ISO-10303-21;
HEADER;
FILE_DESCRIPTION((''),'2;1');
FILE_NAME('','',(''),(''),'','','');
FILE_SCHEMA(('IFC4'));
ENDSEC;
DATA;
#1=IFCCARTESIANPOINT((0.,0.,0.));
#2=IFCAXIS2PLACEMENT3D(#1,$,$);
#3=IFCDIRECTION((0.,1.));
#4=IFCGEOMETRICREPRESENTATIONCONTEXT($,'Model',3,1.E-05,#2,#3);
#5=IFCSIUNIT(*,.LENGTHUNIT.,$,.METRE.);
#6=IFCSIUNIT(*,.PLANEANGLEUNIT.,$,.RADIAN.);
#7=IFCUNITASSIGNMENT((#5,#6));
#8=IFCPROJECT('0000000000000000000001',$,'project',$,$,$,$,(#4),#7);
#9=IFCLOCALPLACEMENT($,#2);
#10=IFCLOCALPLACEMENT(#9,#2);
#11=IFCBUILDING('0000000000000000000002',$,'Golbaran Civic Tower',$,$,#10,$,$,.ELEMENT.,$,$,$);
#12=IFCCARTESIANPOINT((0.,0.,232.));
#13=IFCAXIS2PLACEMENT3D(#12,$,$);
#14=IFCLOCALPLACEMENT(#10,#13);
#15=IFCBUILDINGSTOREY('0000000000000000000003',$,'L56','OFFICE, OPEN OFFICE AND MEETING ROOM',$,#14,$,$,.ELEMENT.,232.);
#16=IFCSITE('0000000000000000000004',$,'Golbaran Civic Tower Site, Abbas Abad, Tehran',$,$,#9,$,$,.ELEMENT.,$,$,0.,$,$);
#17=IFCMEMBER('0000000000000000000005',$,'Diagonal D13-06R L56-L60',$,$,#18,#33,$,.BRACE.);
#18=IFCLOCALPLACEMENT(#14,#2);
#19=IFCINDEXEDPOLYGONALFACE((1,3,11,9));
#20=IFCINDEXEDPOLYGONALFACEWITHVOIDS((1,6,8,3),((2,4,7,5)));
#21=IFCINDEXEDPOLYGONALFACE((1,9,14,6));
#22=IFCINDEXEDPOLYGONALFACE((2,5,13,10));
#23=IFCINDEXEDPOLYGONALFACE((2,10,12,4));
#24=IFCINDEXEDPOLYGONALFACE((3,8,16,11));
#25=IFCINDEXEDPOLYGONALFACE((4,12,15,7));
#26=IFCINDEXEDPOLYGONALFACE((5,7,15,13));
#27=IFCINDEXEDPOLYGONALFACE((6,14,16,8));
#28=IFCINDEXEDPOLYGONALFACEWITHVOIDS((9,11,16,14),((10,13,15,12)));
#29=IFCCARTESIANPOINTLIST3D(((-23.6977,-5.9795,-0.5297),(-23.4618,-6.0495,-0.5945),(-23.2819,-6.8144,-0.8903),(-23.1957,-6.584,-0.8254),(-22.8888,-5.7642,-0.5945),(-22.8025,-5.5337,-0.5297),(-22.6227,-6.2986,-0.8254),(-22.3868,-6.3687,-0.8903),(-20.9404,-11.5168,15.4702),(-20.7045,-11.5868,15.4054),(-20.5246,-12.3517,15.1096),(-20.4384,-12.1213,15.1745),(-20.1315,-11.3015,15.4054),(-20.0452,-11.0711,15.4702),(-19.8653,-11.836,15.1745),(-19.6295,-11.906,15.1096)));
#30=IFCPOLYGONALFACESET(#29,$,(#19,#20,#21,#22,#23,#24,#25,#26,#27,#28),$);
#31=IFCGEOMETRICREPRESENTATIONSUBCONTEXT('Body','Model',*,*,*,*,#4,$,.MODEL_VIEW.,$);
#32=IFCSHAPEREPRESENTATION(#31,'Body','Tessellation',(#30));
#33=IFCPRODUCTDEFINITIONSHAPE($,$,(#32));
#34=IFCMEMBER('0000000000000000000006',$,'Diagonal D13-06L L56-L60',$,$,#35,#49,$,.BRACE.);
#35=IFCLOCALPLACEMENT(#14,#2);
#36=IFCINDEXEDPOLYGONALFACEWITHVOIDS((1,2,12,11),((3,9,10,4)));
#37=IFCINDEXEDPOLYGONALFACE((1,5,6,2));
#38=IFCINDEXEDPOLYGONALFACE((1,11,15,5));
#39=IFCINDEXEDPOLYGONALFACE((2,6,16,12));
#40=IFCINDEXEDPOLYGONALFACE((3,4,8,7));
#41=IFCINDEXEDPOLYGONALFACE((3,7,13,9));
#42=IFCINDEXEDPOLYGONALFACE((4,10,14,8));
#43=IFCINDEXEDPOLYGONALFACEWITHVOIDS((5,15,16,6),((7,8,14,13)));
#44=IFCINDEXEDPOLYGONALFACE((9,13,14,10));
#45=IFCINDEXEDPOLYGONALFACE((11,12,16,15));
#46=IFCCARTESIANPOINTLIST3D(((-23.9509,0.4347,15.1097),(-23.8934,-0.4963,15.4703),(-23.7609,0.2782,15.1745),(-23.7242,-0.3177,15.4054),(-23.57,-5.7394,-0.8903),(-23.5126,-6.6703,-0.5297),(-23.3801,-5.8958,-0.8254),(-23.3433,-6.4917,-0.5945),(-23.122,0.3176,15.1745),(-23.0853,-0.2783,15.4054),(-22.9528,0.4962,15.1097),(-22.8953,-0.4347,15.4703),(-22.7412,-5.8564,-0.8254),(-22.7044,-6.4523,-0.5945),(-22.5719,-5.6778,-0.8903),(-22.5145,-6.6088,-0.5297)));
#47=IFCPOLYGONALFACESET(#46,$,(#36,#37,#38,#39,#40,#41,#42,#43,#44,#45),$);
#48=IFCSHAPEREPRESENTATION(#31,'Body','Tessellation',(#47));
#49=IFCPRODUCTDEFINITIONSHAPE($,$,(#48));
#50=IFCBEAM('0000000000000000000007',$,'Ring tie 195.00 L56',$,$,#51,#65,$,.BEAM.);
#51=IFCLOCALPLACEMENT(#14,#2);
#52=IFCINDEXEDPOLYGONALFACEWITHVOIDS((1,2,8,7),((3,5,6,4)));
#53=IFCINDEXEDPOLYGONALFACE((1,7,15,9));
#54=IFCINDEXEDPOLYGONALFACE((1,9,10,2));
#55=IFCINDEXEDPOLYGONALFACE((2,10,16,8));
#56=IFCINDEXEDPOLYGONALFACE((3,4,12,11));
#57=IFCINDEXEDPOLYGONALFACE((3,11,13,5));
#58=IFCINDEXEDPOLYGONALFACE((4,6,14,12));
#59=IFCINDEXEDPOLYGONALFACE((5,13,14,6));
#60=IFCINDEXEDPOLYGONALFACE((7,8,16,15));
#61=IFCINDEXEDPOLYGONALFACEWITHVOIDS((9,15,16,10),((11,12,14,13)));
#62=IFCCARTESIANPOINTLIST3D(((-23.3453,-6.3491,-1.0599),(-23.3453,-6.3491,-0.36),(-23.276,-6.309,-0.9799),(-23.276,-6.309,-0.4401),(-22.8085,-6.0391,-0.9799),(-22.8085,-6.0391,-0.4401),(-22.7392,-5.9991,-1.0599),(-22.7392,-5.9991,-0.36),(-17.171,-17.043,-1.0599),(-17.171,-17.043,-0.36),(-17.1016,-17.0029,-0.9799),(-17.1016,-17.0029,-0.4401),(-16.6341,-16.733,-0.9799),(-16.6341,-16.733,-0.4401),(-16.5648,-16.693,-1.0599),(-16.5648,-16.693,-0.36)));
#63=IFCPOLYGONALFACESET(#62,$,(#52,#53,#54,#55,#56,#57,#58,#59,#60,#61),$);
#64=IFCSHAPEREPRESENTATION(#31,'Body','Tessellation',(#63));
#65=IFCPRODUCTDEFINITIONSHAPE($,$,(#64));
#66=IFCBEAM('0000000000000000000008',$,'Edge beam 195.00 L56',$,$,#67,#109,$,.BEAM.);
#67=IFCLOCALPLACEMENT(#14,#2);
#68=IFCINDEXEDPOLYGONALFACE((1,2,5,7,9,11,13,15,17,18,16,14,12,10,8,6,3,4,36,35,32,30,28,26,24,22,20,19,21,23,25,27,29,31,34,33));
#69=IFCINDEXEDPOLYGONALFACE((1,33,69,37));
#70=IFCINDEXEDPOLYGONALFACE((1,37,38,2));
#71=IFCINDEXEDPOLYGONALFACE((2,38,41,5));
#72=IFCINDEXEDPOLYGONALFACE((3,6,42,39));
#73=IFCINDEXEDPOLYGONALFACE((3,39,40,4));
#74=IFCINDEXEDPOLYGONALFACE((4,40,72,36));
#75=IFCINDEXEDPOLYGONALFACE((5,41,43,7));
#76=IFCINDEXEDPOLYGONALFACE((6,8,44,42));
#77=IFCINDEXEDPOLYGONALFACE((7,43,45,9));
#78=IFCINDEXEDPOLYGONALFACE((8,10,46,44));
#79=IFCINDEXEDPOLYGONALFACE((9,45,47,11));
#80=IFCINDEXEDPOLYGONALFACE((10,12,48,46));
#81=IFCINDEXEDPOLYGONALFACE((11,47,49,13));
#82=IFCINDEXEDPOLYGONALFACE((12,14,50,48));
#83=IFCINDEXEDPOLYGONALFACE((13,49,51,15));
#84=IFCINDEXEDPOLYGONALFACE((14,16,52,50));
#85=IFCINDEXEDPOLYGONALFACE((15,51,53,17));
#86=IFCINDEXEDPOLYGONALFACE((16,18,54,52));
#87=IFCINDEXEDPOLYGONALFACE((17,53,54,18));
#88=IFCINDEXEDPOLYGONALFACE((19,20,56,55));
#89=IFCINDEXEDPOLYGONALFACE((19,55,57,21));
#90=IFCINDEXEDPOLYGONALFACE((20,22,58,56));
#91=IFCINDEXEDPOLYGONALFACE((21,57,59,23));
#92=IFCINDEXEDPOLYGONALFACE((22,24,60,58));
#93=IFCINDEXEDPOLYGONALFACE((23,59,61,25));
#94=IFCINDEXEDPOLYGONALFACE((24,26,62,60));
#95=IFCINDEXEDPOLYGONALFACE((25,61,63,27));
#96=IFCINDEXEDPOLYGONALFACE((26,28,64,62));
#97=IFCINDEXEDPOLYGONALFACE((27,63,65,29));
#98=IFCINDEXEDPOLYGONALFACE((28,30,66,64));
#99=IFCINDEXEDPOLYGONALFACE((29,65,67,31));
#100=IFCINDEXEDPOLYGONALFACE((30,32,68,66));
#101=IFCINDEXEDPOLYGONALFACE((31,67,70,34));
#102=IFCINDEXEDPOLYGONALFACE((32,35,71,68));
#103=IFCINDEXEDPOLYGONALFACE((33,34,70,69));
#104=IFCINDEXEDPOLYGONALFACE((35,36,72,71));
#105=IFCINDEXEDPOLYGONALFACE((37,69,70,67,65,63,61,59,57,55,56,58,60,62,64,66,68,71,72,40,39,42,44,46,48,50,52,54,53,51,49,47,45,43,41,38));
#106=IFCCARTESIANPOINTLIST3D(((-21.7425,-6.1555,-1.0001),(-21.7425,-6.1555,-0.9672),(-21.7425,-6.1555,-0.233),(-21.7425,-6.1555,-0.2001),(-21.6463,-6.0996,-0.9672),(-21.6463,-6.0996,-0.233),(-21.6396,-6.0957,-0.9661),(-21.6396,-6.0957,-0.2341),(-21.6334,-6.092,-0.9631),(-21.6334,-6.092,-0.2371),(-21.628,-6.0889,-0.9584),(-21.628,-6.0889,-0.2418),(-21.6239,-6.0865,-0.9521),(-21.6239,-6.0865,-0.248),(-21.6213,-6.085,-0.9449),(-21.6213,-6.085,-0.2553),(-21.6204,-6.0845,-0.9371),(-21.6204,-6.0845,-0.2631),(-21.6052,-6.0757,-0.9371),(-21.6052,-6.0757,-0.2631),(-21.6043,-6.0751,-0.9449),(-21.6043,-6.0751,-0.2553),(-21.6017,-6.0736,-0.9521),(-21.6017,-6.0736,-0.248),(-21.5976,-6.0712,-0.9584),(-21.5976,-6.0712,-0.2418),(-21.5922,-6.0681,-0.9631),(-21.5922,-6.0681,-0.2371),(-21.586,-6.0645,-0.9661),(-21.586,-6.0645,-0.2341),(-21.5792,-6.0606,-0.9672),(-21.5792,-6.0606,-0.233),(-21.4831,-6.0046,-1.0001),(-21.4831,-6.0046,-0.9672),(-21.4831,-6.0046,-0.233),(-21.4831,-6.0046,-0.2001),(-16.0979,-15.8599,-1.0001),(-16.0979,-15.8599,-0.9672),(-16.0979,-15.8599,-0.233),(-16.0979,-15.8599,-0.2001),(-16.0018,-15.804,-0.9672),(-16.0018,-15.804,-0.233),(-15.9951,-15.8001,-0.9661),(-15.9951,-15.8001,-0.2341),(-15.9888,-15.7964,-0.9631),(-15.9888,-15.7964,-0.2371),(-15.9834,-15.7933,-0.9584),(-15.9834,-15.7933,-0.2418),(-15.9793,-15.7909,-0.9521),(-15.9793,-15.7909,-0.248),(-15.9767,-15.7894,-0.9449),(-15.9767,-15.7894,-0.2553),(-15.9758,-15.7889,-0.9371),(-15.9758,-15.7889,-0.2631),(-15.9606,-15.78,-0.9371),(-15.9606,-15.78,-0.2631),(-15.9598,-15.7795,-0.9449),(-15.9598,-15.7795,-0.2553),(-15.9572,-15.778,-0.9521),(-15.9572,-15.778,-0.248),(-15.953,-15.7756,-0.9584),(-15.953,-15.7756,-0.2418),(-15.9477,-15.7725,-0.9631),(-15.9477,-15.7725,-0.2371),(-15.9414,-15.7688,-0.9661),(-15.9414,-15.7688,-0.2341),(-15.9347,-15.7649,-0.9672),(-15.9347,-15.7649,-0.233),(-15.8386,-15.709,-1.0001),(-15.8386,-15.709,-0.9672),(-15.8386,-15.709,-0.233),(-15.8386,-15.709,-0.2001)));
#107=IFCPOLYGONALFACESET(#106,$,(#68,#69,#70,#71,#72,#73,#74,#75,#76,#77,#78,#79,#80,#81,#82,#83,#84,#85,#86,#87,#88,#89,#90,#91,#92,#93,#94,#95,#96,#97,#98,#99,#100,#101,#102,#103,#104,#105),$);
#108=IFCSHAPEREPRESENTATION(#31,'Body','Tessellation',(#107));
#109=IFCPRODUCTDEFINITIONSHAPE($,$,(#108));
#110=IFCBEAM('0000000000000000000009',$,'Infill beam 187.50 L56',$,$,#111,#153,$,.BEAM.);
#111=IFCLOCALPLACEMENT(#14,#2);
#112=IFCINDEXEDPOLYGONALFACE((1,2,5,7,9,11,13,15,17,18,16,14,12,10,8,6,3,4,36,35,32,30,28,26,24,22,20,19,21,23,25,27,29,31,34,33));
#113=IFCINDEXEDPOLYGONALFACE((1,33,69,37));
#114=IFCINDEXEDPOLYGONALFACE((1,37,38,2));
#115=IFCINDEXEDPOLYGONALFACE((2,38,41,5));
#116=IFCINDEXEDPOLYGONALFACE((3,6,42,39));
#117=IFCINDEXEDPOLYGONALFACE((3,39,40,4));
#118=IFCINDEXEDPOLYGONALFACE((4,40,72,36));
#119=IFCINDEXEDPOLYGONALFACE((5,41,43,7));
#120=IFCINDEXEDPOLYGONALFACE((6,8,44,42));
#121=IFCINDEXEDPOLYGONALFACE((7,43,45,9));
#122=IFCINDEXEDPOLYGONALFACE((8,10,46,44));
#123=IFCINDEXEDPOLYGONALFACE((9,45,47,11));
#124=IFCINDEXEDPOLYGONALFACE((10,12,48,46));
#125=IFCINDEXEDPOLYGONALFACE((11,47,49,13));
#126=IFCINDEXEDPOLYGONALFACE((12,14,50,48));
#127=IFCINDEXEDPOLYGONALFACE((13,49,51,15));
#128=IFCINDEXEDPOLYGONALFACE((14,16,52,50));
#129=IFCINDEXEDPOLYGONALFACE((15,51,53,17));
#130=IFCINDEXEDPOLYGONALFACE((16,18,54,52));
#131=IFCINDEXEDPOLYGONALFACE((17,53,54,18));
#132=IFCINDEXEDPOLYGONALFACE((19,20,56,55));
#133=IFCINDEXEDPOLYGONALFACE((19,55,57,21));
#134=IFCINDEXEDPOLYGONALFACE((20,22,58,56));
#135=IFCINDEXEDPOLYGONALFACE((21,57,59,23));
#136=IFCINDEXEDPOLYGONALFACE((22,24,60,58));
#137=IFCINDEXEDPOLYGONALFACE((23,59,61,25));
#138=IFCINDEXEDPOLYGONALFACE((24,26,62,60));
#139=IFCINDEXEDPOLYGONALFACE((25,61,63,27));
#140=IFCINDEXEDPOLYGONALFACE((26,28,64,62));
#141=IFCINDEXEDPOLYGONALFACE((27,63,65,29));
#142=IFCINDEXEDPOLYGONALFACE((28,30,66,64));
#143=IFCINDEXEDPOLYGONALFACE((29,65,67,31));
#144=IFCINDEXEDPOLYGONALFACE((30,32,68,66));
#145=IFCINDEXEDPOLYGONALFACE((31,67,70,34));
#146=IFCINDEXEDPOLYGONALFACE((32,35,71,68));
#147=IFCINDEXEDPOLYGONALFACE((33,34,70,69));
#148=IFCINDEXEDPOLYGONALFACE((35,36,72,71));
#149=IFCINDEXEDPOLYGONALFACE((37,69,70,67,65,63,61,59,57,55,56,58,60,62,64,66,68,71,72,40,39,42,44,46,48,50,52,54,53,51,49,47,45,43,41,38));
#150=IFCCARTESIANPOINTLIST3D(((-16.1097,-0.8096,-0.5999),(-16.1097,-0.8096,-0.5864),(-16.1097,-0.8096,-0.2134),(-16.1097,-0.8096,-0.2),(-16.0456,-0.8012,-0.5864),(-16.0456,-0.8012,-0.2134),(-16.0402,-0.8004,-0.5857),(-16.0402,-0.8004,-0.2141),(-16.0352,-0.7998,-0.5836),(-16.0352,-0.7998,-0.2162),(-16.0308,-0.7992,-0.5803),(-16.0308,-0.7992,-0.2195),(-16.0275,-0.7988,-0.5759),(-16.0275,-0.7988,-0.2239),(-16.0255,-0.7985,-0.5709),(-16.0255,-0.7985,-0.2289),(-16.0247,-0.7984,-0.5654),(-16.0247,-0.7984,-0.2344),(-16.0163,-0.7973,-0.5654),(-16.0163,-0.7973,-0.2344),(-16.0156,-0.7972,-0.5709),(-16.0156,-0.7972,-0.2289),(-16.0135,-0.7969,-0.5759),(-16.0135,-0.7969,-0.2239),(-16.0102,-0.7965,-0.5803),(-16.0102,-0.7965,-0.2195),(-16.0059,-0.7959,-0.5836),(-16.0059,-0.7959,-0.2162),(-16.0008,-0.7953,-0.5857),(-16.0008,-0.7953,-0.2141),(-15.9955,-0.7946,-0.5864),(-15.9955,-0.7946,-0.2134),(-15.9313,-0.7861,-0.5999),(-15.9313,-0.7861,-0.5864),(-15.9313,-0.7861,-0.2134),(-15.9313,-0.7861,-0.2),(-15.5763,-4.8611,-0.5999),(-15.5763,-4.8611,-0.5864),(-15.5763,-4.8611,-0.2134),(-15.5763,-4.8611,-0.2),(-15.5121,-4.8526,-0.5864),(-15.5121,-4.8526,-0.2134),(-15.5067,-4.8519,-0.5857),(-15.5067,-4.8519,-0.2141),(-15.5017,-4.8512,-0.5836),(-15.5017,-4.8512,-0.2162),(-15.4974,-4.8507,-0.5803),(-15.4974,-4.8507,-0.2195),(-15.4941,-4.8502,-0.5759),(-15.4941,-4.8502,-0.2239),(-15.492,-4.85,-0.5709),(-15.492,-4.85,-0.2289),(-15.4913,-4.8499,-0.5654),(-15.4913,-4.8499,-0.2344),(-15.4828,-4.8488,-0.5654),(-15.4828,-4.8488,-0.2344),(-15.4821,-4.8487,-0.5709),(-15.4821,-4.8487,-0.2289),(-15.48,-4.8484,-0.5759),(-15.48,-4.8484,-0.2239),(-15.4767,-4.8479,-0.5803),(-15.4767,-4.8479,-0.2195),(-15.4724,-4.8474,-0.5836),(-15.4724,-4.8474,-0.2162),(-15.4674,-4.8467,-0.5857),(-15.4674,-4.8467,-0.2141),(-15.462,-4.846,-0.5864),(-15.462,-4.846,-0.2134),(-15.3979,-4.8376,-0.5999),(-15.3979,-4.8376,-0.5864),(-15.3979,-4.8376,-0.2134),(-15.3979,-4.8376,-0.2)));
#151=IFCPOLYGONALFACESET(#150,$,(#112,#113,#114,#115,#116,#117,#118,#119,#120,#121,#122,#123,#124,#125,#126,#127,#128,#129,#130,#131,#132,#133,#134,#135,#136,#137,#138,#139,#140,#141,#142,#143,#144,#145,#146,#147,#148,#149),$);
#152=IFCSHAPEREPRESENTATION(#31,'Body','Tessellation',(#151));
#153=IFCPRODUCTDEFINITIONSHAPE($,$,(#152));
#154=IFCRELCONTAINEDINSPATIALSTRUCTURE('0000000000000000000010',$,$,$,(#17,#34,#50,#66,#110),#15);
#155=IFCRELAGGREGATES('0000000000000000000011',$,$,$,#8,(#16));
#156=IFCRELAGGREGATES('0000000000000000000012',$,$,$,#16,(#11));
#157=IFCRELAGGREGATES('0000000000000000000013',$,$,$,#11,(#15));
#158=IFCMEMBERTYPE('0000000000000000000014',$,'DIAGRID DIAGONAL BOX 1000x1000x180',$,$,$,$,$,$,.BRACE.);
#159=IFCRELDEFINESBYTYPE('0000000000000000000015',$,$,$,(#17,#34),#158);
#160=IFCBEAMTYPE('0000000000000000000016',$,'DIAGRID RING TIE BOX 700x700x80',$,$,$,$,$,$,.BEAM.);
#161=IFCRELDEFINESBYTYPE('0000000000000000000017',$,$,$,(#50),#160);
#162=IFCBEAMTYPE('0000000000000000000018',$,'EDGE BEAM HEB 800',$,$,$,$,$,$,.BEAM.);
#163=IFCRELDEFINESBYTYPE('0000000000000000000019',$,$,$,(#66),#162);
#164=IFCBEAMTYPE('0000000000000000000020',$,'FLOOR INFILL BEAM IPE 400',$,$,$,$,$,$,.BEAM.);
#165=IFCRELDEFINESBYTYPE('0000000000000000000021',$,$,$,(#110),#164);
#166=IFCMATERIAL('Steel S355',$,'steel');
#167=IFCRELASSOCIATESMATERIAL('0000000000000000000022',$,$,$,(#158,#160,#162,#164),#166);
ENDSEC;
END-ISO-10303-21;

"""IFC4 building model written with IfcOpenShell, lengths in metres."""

from ifc_helpers import new_model, si_unit, direction, frame, origin, origin_2d, place, context, subcontext, project, spatial, hollow_rectangle, i_section, extrude, material, material_profile, profile_set, type_object, element, save


model = new_model("IFC4")

# Units and contexts
model_context = context("Model", 3, precision=1e-05, world=origin(), true_north=direction((0.0, 1.0)))
body_context = subcontext(model_context, "Body", "Model", "MODEL_VIEW")
ifc_project = project(units=[si_unit("LENGTHUNIT", "METRE"), si_unit("PLANEANGLEUNIT", "RADIAN")], contexts=[model_context])

# Site, building, storey
site_placement = place(None, origin())
site = spatial("IfcSite", under=ifc_project, at=site_placement, Name="Golbaran Civic Tower Site, Abbas Abad, Tehran", CompositionType="ELEMENT", RefElevation=0.0)
building_placement = place(site_placement, origin())
building = spatial("IfcBuilding", under=site, at=building_placement, Name="Golbaran Civic Tower", CompositionType="ELEMENT")
storey_placement = place(building_placement, frame((0.0, 0.0, 232.0)))
storey = spatial("IfcBuildingStorey", under=building, at=storey_placement, Name="L56", Description="OFFICE, OPEN OFFICE AND MEETING ROOM", CompositionType="ELEMENT", Elevation=232.0)

# Members
ifc_material_1 = material(Name="Steel S355", Category="steel")
ifc_material_profile_1 = material_profile(ifc_material_1, hollow_rectangle(XDim=1.0, YDim=1.0, WallThickness=0.1799, at=origin_2d()), Name="BOX 1000x1000x180")
ifc_profile_set_1 = profile_set([ifc_material_profile_1], Name="Steel S355")
member_type_1 = type_object("IfcMemberType", Name="DIAGRID DIAGONAL BOX 1000x1000x180", PredefinedType="BRACE", material=ifc_profile_set_1)
for number, where, z_axis, x_axis, name in (
    (1, (-23.0422, -6.1741, -0.71), (0.160738, -0.3228, 0.932718), (0.89516, 0.445745, 0.0), "Diagonal D13-06R L56-L60"),
    (2, (-23.0422, -6.1741, -0.71), (-0.022202, 0.359918, 0.93272), (-0.998103, -0.06157, 0.0), "Diagonal D13-06L L56-L60"),
):
    element("IfcMember", number, at=place(storey_placement, frame(where, z_axis=z_axis, x_axis=x_axis)), inside=storey, type_object=member_type_1, Name=name, PredefinedType="BRACE", context=body_context, shape_type="SweptSolid", body=[
        extrude(hollow_rectangle(XDim=1.0, YDim=1.0, WallThickness=0.1799, at=origin_2d()), origin(), (0.0, 0.0, 1.0), 17.1541),
    ])

# Beams
ifc_material_profile_2 = material_profile(ifc_material_1, hollow_rectangle(XDim=0.7, YDim=0.7, WallThickness=0.0801, at=origin_2d()), Name="BOX 700x700x80")
ifc_profile_set_2 = profile_set([ifc_material_profile_2], Name="Steel S355")
beam_type_1 = type_object("IfcBeamType", Name="DIAGRID RING TIE BOX 700x700x80", PredefinedType="BEAM", material=ifc_profile_set_2)
beam_1_placement = place(storey_placement, frame((-23.0422, -6.1741, -0.71), z_axis=(0.500013, -0.866018, 0.0), x_axis=(0.866018, 0.500013, 0.0)))
element("IfcBeam", 3, at=beam_1_placement, inside=storey, type_object=beam_type_1, Name="Ring tie 195.00 L56", PredefinedType="BEAM", context=body_context, shape_type="SweptSolid", body=[
    extrude(hollow_rectangle(XDim=0.7, YDim=0.7, WallThickness=0.0801, at=origin_2d()), origin(), (0.0, 0.0, 1.0), 12.3484),
])
ifc_material_profile_3 = material_profile(ifc_material_1, i_section(OverallWidth=0.3, OverallDepth=0.8, WebThickness=0.0176, FlangeThickness=0.033, FilletRadius=0.03, at=origin_2d()), Name="HEB 800")
ifc_profile_set_3 = profile_set([ifc_material_profile_3], Name="Steel S355")
beam_type_2 = type_object("IfcBeamType", Name="EDGE BEAM HEB 800", PredefinedType="BEAM", material=ifc_profile_set_3)
beam_2_placement = place(storey_placement, frame((-21.6128, -6.0801, -0.6001), z_axis=(0.502785, -0.864412, 0.0), x_axis=(0.864412, 0.502785, 0.0)))
element("IfcBeam", 4, at=beam_2_placement, inside=storey, type_object=beam_type_2, Name="Edge beam 195.00 L56", PredefinedType="BEAM", context=body_context, shape_type="SweptSolid", body=[
    extrude(i_section(OverallWidth=0.3, OverallDepth=0.8, WebThickness=0.0176, FlangeThickness=0.033, FilletRadius=0.03, at=origin_2d()), origin(), (0.0, 0.0, 1.0), 11.2266),
])
ifc_material_profile_4 = material_profile(ifc_material_1, i_section(OverallWidth=0.1799, OverallDepth=0.3999, WebThickness=0.0085, FlangeThickness=0.0134, FilletRadius=0.021, at=origin_2d()), Name="IPE 400")
ifc_profile_set_4 = profile_set([ifc_material_profile_4], Name="Steel S355")
beam_type_3 = type_object("IfcBeamType", Name="FLOOR INFILL BEAM IPE 400", PredefinedType="BEAM", material=ifc_profile_set_4)
beam_3_placement = place(storey_placement, frame((-16.0205, -0.7979, -0.3999), z_axis=(0.13054, -0.991443, 0.0), x_axis=(0.991443, 0.13054, 0.0)))
element("IfcBeam", 5, at=beam_3_placement, inside=storey, type_object=beam_type_3, Name="Infill beam 187.50 L56", PredefinedType="BEAM", context=body_context, shape_type="SweptSolid", body=[
    extrude(i_section(OverallWidth=0.1799, OverallDepth=0.3999, WebThickness=0.0085, FlangeThickness=0.0134, FilletRadius=0.021, at=origin_2d()), origin(), (0.0, 0.0, 1.0), 4.0864),
])

save(model, "model.ifc")
